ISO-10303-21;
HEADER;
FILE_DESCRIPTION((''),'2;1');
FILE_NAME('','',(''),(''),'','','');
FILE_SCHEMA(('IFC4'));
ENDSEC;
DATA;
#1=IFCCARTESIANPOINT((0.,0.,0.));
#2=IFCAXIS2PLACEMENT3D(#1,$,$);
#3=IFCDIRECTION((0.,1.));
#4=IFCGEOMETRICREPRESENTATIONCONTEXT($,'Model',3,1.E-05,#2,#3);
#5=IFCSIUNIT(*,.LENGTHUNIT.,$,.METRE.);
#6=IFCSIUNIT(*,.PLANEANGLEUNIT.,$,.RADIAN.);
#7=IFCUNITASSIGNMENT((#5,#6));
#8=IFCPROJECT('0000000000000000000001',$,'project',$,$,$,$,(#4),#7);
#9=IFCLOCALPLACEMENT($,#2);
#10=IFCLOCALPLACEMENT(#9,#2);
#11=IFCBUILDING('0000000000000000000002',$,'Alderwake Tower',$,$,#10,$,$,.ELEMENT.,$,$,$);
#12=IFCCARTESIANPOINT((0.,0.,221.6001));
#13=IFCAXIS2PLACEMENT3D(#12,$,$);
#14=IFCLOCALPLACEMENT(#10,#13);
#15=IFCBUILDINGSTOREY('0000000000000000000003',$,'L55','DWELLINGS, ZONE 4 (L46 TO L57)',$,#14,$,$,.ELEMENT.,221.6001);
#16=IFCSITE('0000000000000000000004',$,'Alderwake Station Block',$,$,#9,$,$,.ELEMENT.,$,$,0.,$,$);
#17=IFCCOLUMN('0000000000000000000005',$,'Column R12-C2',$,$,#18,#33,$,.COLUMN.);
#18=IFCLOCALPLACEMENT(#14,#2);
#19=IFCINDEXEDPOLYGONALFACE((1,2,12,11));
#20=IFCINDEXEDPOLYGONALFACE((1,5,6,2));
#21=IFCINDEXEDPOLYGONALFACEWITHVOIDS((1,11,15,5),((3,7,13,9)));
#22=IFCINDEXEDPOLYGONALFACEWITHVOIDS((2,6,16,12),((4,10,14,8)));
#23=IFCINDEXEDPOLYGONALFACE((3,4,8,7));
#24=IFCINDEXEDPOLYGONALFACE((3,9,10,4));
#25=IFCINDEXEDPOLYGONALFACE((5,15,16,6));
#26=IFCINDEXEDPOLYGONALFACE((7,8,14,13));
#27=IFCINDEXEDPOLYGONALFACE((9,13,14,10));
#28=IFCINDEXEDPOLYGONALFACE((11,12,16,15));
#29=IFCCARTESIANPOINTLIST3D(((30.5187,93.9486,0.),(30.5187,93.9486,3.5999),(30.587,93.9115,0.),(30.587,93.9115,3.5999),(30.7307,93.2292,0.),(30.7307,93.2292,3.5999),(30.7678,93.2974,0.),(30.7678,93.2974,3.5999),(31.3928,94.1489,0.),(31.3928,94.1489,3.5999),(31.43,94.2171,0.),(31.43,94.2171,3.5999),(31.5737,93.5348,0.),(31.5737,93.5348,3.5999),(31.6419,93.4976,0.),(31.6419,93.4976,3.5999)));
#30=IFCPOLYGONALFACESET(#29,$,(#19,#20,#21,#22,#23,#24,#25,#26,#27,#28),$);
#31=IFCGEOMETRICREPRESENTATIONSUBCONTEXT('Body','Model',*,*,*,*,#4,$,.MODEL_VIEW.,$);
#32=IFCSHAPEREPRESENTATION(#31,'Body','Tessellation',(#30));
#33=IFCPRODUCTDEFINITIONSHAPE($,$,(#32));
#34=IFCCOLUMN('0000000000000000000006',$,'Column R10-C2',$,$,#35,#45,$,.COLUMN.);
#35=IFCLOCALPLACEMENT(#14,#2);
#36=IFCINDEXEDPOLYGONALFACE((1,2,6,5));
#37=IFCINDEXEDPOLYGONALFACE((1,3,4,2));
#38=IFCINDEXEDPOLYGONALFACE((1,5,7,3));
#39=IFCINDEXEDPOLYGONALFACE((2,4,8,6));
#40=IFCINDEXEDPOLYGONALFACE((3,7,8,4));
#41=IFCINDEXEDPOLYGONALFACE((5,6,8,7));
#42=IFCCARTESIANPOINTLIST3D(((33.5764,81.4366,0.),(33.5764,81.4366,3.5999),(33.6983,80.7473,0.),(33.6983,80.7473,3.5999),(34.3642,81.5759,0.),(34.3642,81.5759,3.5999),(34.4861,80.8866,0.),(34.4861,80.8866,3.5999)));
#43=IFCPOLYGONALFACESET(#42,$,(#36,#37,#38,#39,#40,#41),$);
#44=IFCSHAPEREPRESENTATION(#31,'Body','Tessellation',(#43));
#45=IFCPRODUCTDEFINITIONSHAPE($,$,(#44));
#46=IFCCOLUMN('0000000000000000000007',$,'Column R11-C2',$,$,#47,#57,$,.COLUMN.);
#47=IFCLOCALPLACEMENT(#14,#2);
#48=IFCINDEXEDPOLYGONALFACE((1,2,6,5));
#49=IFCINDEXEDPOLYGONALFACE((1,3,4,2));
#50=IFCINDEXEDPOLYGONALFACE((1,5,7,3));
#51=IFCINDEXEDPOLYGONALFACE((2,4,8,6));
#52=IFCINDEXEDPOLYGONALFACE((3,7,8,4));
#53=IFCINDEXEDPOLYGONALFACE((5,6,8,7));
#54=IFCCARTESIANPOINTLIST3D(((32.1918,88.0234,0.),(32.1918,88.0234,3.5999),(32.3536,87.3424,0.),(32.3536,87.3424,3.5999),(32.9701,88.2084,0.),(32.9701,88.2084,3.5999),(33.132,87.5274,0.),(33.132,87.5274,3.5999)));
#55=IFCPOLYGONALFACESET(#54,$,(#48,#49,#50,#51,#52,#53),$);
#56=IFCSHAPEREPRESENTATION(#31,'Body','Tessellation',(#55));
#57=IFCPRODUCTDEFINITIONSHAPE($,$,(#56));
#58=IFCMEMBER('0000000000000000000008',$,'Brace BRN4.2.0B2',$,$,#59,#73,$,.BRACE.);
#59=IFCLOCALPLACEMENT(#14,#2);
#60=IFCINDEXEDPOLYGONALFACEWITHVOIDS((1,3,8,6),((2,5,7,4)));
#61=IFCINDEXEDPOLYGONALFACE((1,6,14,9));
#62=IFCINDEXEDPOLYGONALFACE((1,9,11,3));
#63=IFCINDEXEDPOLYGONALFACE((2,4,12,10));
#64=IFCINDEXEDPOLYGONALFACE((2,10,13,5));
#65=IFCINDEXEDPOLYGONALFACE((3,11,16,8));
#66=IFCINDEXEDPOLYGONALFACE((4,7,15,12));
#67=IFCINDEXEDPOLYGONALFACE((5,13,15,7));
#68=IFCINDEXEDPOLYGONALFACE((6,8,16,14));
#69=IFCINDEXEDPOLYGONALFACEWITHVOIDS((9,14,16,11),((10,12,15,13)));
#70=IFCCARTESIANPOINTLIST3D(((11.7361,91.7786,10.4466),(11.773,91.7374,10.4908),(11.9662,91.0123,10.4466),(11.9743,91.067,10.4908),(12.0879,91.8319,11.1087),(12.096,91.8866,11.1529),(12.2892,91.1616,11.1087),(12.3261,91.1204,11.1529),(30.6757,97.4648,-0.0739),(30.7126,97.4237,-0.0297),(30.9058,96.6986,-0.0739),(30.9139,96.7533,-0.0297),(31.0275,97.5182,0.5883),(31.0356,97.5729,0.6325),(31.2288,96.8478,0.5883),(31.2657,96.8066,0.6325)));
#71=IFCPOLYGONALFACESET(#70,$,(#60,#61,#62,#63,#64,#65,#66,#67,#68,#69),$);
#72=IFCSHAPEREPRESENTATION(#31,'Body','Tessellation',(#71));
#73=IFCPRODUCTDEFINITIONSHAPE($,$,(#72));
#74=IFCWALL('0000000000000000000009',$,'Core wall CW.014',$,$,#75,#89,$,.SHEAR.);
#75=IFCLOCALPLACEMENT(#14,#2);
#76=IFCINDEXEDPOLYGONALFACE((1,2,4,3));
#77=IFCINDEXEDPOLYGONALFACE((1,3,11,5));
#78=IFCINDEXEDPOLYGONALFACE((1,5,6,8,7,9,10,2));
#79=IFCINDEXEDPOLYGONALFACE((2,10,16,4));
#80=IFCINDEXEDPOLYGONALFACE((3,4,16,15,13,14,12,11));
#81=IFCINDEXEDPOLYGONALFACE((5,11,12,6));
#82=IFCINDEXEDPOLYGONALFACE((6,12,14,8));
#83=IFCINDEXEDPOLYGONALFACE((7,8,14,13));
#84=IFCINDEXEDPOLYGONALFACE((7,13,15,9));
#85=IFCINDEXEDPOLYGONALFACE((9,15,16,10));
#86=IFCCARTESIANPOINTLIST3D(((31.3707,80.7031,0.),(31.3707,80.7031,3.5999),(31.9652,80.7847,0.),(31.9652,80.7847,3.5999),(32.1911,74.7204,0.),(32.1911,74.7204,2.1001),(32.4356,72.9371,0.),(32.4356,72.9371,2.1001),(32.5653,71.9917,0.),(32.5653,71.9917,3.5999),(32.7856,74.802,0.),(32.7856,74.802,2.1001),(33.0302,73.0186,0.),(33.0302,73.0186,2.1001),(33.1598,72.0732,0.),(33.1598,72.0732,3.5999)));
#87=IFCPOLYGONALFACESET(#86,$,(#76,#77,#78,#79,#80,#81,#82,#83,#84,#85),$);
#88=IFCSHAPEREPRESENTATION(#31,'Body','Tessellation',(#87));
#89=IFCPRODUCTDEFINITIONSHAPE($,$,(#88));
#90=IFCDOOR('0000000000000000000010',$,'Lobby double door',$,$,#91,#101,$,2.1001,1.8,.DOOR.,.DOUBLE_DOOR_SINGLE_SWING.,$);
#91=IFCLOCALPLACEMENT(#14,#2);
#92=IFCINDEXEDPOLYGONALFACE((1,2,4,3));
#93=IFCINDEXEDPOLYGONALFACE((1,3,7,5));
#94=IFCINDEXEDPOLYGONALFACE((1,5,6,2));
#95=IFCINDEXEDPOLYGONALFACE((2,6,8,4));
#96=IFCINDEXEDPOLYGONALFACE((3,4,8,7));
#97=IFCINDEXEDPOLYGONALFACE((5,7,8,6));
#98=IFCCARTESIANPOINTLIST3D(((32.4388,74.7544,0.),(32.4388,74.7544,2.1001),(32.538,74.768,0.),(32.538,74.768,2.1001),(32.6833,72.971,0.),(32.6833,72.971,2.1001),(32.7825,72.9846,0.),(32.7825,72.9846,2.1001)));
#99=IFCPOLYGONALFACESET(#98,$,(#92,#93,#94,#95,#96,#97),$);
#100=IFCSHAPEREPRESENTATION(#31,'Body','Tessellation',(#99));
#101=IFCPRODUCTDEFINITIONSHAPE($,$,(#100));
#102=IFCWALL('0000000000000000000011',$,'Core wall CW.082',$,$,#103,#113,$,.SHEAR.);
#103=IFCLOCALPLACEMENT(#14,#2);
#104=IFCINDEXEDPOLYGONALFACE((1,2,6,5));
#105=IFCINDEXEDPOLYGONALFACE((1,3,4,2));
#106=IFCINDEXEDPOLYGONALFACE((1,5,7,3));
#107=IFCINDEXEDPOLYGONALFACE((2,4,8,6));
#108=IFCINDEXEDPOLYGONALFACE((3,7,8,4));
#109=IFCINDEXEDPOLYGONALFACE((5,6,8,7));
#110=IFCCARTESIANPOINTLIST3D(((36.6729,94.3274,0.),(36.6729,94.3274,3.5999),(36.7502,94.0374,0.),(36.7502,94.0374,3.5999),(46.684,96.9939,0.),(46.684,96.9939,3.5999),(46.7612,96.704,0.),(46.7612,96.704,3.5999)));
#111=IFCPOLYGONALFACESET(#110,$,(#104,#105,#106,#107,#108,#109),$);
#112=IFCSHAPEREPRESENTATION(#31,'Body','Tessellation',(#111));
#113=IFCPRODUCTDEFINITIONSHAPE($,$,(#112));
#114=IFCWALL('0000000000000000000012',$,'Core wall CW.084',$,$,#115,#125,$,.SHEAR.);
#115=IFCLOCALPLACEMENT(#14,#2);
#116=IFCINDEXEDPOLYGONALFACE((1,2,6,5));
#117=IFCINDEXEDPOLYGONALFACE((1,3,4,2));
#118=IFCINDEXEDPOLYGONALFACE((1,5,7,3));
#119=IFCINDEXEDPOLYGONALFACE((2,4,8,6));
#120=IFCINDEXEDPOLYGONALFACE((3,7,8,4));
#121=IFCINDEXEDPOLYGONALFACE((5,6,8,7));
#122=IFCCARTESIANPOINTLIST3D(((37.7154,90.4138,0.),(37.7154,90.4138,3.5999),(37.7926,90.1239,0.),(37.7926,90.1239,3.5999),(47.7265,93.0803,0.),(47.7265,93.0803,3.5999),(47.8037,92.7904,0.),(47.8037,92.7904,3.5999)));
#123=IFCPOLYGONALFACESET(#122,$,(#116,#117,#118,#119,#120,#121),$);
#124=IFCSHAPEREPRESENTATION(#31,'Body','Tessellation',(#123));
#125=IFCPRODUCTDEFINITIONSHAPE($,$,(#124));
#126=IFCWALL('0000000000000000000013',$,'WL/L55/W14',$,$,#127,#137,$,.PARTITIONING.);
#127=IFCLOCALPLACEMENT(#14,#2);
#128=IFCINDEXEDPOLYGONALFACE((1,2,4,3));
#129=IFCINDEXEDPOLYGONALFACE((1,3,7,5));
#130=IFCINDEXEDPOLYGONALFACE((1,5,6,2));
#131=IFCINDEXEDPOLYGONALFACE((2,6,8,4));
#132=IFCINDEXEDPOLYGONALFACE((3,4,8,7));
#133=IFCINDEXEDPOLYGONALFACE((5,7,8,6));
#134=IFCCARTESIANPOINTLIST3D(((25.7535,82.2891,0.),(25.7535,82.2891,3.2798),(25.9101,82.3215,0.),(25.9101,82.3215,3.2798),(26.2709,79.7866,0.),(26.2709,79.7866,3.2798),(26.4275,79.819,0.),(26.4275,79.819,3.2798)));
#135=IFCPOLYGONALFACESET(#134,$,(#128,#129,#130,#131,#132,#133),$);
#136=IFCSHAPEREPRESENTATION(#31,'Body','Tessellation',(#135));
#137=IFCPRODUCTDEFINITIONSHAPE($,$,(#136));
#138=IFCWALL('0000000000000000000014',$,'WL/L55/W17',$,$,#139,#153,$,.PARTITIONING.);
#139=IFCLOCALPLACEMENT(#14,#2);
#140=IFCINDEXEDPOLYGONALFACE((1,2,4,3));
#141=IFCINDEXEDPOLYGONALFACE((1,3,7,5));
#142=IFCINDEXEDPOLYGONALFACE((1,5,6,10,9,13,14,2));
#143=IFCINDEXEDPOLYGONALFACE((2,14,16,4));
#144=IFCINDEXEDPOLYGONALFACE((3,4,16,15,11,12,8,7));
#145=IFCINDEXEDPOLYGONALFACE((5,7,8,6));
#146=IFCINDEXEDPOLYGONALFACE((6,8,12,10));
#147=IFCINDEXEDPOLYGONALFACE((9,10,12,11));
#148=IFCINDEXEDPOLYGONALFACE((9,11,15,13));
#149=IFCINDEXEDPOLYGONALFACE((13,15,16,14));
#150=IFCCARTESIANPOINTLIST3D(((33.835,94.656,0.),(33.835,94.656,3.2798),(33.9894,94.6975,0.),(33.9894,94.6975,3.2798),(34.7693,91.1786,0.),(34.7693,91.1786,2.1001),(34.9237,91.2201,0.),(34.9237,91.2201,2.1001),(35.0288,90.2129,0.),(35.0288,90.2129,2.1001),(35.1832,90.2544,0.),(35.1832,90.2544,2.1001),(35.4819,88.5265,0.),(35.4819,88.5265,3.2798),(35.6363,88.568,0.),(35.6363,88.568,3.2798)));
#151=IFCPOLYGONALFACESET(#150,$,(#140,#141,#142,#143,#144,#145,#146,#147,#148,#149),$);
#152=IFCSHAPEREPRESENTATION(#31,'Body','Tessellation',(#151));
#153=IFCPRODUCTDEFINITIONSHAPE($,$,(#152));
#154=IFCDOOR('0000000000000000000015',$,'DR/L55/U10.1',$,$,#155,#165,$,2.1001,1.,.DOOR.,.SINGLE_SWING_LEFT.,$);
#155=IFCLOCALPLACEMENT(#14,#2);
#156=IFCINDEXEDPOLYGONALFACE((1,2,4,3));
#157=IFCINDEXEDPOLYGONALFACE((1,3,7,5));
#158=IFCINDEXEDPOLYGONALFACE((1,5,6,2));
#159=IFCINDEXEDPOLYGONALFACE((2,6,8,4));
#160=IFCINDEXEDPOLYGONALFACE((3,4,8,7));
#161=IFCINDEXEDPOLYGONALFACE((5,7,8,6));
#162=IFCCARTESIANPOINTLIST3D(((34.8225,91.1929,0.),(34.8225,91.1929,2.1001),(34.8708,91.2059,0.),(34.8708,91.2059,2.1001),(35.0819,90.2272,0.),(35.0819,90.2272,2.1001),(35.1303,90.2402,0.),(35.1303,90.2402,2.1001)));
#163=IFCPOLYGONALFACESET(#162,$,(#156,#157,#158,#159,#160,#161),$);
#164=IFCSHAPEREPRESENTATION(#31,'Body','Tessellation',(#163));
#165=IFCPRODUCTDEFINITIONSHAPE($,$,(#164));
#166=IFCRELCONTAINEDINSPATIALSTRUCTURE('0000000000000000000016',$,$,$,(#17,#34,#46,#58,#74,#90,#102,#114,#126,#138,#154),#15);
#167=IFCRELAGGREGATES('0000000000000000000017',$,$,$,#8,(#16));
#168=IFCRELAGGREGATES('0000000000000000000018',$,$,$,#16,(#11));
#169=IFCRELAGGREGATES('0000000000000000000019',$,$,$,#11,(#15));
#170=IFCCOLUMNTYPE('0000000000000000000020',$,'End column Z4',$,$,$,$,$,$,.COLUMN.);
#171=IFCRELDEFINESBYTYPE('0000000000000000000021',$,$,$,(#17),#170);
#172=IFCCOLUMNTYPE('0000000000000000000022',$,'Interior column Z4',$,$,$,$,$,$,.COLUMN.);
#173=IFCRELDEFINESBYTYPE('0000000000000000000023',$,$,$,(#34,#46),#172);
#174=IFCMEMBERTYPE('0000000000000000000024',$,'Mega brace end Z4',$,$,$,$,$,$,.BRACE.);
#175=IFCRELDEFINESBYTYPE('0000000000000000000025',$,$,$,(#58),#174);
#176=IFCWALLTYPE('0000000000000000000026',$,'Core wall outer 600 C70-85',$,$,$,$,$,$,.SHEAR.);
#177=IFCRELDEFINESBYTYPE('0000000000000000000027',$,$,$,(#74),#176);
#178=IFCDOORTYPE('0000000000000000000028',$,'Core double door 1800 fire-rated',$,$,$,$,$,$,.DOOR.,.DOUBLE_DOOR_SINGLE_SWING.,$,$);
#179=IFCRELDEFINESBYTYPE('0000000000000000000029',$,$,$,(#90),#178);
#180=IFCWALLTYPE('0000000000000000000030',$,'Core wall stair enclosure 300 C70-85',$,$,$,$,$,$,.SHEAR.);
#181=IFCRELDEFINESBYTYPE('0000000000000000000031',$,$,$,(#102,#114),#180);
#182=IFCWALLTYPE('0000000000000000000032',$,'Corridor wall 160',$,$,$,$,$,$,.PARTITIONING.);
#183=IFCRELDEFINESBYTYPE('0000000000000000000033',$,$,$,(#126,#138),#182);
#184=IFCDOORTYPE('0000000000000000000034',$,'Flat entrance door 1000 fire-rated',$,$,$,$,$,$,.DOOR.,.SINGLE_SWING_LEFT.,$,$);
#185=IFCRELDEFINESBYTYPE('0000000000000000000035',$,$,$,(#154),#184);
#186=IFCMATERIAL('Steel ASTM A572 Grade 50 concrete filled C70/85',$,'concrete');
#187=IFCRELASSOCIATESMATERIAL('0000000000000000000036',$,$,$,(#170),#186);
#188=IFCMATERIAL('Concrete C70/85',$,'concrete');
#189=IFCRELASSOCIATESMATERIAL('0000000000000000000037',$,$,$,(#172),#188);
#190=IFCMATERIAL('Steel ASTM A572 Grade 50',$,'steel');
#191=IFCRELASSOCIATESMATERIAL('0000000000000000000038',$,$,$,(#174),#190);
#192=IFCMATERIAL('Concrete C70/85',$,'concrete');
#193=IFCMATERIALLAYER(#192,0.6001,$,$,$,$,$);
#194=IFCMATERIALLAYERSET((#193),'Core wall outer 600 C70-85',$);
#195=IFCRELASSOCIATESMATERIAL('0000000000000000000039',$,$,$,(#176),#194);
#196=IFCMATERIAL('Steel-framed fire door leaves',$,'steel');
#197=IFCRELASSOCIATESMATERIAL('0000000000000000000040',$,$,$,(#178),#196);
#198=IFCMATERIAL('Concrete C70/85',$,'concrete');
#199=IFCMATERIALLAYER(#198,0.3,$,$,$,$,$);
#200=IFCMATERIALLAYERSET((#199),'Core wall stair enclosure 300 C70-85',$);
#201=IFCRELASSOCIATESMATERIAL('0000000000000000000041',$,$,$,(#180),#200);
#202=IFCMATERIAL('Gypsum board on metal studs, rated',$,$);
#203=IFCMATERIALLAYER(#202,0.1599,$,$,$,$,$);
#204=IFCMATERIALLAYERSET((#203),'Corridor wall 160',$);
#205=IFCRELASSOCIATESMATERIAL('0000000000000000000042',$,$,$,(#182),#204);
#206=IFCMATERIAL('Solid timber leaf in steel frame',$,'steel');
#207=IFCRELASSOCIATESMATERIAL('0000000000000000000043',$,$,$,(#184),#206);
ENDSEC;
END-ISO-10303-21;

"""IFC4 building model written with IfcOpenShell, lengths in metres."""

from ifc_helpers import new_model, si_unit, direction, frame, frame_2d, origin, origin_2d, place, context, subcontext, project, spatial, rectangle, hollow_rectangle, extrude, material, layer, layer_set, material_profile, profile_set, type_object, element, fill, save


model = new_model("IFC4")

# Units and contexts
model_context = context("Model", 3, precision=1e-05, world=origin(), true_north=direction((0.0, 1.0)))
body_context = subcontext(model_context, "Body", "Model", "MODEL_VIEW")
ifc_project = project(units=[si_unit("LENGTHUNIT", "METRE"), si_unit("PLANEANGLEUNIT", "RADIAN")], contexts=[model_context])

# Site, building, storey
site_placement = place(None, origin())
site = spatial("IfcSite", under=ifc_project, at=site_placement, Name="Alderwake Station Block", CompositionType="ELEMENT", RefElevation=0.0)
building_placement = place(site_placement, origin())
building = spatial("IfcBuilding", under=site, at=building_placement, Name="Alderwake Tower", CompositionType="ELEMENT")
storey_placement = place(building_placement, frame((0.0, 0.0, 221.6001)))
storey = spatial("IfcBuildingStorey", under=building, at=storey_placement, Name="L55", Description="DWELLINGS, ZONE 4 (L46 TO L57)", CompositionType="ELEMENT", Elevation=221.6001)

# Columns
ifc_material_1 = material(Name="Steel ASTM A572 Grade 50 concrete filled C70/85", Category="concrete")
ifc_material_profile_1 = material_profile(ifc_material_1, hollow_rectangle(XDim=0.75, YDim=0.95, WallThickness=0.0549, at=origin_2d()), Name="BOX 950X750X55")
ifc_profile_set_1 = profile_set([ifc_material_profile_1], Name="Steel ASTM A572 Grade 50 concrete filled C70/85")
column_type_1 = type_object("IfcColumnType", Name="End column Z4", PredefinedType="COLUMN", material=ifc_profile_set_1)
column_placement = place(storey_placement, frame((31.0803, 93.7231, 0.0), z_axis=(0.0, 0.0, 1.0), x_axis=(-0.282583, 0.959243, 0.0)))
element("IfcColumn", 1, at=column_placement, inside=storey, type_object=column_type_1, Name="Column R12-C2", PredefinedType="COLUMN", context=body_context, shape_type="SweptSolid", body=[
    extrude(hollow_rectangle(XDim=0.75, YDim=0.95, WallThickness=0.0549, at=origin_2d()), origin(), (0.0, 0.0, 1.0), 3.5999),
])
ifc_material_2 = material(Name="Concrete C70/85", Category="concrete")
ifc_material_profile_2 = material_profile(ifc_material_2, rectangle(XDim=0.7, YDim=0.8, at=origin_2d()), Name="RC 800X700")
ifc_profile_set_2 = profile_set([ifc_material_profile_2], Name="Concrete C70/85")
column_type_2 = type_object("IfcColumnType", Name="Interior column Z4", PredefinedType="COLUMN", material=ifc_profile_set_2)
for number, where, z_axis, x_axis, name in (
    (2, (34.0312, 81.1616, 0.0), (0.0, 0.0, 1.0), (-0.174109, 0.984726, 0.0), "Column R10-C2"),
    (3, (32.6619, 87.7754, 0.0), (0.0, 0.0, 1.0), (-0.231222, 0.972901, 0.0), "Column R11-C2"),
):
    element("IfcColumn", number, at=place(storey_placement, frame(where, z_axis=z_axis, x_axis=x_axis)), inside=storey, type_object=column_type_2, Name=name, PredefinedType="COLUMN", context=body_context, shape_type="SweptSolid", body=[
        extrude(rectangle(XDim=0.7, YDim=0.8, at=origin_2d()), origin(), (0.0, 0.0, 1.0), 3.5999),
    ])

# Member
ifc_material_3 = material(Name="Steel ASTM A572 Grade 50", Category="steel")
ifc_material_profile_3 = material_profile(ifc_material_3, hollow_rectangle(XDim=0.8, YDim=0.8, WallThickness=0.05, at=origin_2d()), Name="BOX 800X800X50")
ifc_profile_set_3 = profile_set([ifc_material_profile_3], Name="Steel ASTM A572 Grade 50")
member_type = type_object("IfcMemberType", Name="Mega brace end Z4", PredefinedType="BRACE", material=ifc_profile_set_3)
member_placement = place(storey_placement, frame((30.9707, 97.1357, 0.2793), z_axis=(-0.84555, -0.25386, 0.469681), x_axis=(0.287551, -0.957765, 0.0)))
element("IfcMember", 4, at=member_placement, inside=storey, type_object=member_type, Name="Brace BRN4.2.0B2", PredefinedType="BRACE", context=body_context, shape_type="SweptSolid", body=[
    extrude(hollow_rectangle(XDim=0.8, YDim=0.8, WallThickness=0.05, at=origin_2d()), origin(), (0.0, 0.0, 1.0), 22.3992),
])

# Wall, opening, door
ifc_material_4 = material(Name="Concrete C70/85", Category="concrete")
ifc_layer_1 = layer(ifc_material_4, 0.6001)
ifc_layer_set_1 = layer_set([ifc_layer_1], Name="Core wall outer 600 C70-85")
wall_type_1 = type_object("IfcWallType", Name="Core wall outer 600 C70-85", PredefinedType="SHEAR", material=ifc_layer_set_1)
wall_1_placement = place(storey_placement, frame((31.668, 80.7439, 0.0), z_axis=(0.0, 0.0, 1.0), x_axis=(0.135857, -0.990729, 0.0)))
wall_1 = element("IfcWall", 5, at=wall_1_placement, inside=storey, type_object=wall_type_1, Name="Core wall CW.014", PredefinedType="SHEAR", context=body_context, shape_type="SweptSolid", body=[
    extrude(rectangle(XDim=8.793, YDim=0.6001, at=frame_2d((4.3965, 0.0))), origin(), (0.0, 0.0, 1.0), 3.5999),
])
opening_1_placement = place(wall_1_placement, frame((6.0388, 0.0, 0.0)))
opening_1 = element("IfcOpeningElement", 6, at=opening_1_placement, cuts=wall_1, PredefinedType="OPENING", context=body_context, shape_type="SweptSolid", body=[
    extrude(rectangle(XDim=1.8, YDim=2.1001, at=frame_2d((0.8999, 1.05))), frame((0.0, 0.3101, 0.0), z_axis=(0.0, -1.0, 0.0), x_axis=(1.0, 0.0, 0.0)), (0.0, 0.0, 1.0), 0.6201),
])
ifc_material_5 = material(Name="Steel-framed fire door leaves", Category="steel")
door_type_1 = type_object("IfcDoorType", Name="Core double door 1800 fire-rated", OperationType="DOUBLE_DOOR_SINGLE_SWING", PredefinedType="DOOR", material=ifc_material_5)
door_1_placement = place(opening_1_placement, origin())
door_1 = element("IfcDoor", 7, at=door_1_placement, inside=storey, type_object=door_type_1, Name="Lobby double door", OperationType="DOUBLE_DOOR_SINGLE_SWING", OverallHeight=2.1001, OverallWidth=1.8, PredefinedType="DOOR", context=body_context, shape_type="SweptSolid", body=[
    extrude(rectangle(XDim=1.8, YDim=2.1001, at=frame_2d((0.8999, 1.05))), frame((0.0, 0.05, 0.0), z_axis=(0.0, -1.0, 0.0), x_axis=(1.0, 0.0, 0.0)), (0.0, 0.0, 1.0), 0.1001),
])
fill(opening_1, door_1)

# Walls
ifc_material_6 = material(Name="Concrete C70/85", Category="concrete")
ifc_layer_2 = layer(ifc_material_6, 0.3)
ifc_layer_set_2 = layer_set([ifc_layer_2], Name="Core wall stair enclosure 300 C70-85")
wall_type_2 = type_object("IfcWallType", Name="Core wall stair enclosure 300 C70-85", PredefinedType="SHEAR", material=ifc_layer_set_2)
for number, where, z_axis, x_axis, name in (
    (8, (36.7114, 94.1824, 0.0), (0.0, 0.0, 1.0), (0.966309, 0.257384, 0.0), "Core wall CW.082"),
    (9, (37.7539, 90.2688, 0.0), (0.0, 0.0, 1.0), (0.966309, 0.257384, 0.0), "Core wall CW.084"),
):
    element("IfcWall", number, at=place(storey_placement, frame(where, z_axis=z_axis, x_axis=x_axis)), inside=storey, type_object=wall_type_2, Name=name, PredefinedType="SHEAR", context=body_context, shape_type="SweptSolid", body=[
        extrude(rectangle(XDim=10.3601, YDim=0.3, at=frame_2d((5.1802, 0.0))), origin(), (0.0, 0.0, 1.0), 3.5999),
    ])
ifc_material_7 = material(Name="Gypsum board on metal studs, rated")
ifc_layer_3 = layer(ifc_material_7, 0.1599)
ifc_layer_set_3 = layer_set([ifc_layer_3], Name="Corridor wall 160")
wall_type_3 = type_object("IfcWallType", Name="Corridor wall 160", PredefinedType="PARTITIONING", material=ifc_layer_set_3)
wall_2_placement = place(storey_placement, frame((25.8318, 82.3054, 0.0), z_axis=(0.0, 0.0, 1.0), x_axis=(0.202451, -0.979292, 0.0)))
element("IfcWall", 10, at=wall_2_placement, inside=storey, type_object=wall_type_3, Name="WL/L55/W14", PredefinedType="PARTITIONING", context=body_context, shape_type="SweptSolid", body=[
    extrude(rectangle(XDim=2.5554, YDim=0.1599, at=frame_2d((1.2778, 0.0))), origin(), (0.0, 0.0, 1.0), 3.2798),
])

# Wall, opening, door
wall_3_placement = place(storey_placement, frame((35.5591, 88.5474, 0.0), z_axis=(0.0, 0.0, 1.0), x_axis=(-0.259486, 0.965747, 0.0)))
wall_3 = element("IfcWall", 11, at=wall_3_placement, inside=storey, type_object=wall_type_3, Name="WL/L55/W17", PredefinedType="PARTITIONING", context=body_context, shape_type="SweptSolid", body=[
    extrude(rectangle(XDim=6.3469, YDim=0.1599, at=frame_2d((3.1733, 0.0))), origin(), (0.0, 0.0, 1.0), 3.2798),
])
opening_2_placement = place(wall_3_placement, frame((1.7461, 0.0, 0.0)))
opening_2 = element("IfcOpeningElement", 12, at=opening_2_placement, cuts=wall_3, PredefinedType="OPENING", context=body_context, shape_type="SweptSolid", body=[
    extrude(rectangle(XDim=1.0, YDim=2.1001, at=frame_2d((0.5, 1.05))), frame((0.0, 0.0898, 0.0), z_axis=(0.0, -1.0, 0.0), x_axis=(1.0, 0.0, 0.0)), (0.0, 0.0, 1.0), 0.1799),
])
ifc_material_8 = material(Name="Solid timber leaf in steel frame", Category="steel")
door_type_2 = type_object("IfcDoorType", Name="Flat entrance door 1000 fire-rated", OperationType="SINGLE_SWING_LEFT", PredefinedType="DOOR", material=ifc_material_8)
door_2_placement = place(opening_2_placement, origin())
door_2 = element("IfcDoor", 13, at=door_2_placement, inside=storey, type_object=door_type_2, Name="DR/L55/U10.1", OperationType="SINGLE_SWING_LEFT", OverallHeight=2.1001, OverallWidth=1.0, PredefinedType="DOOR", context=body_context, shape_type="SweptSolid", body=[
    extrude(rectangle(XDim=1.0, YDim=2.1001, at=frame_2d((0.5, 1.05))), frame((0.0, 0.0249, 0.0), z_axis=(0.0, -1.0, 0.0), x_axis=(1.0, 0.0, 0.0)), (0.0, 0.0, 1.0), 0.05),
])
fill(opening_2, door_2)

save(model, "model.ifc")
